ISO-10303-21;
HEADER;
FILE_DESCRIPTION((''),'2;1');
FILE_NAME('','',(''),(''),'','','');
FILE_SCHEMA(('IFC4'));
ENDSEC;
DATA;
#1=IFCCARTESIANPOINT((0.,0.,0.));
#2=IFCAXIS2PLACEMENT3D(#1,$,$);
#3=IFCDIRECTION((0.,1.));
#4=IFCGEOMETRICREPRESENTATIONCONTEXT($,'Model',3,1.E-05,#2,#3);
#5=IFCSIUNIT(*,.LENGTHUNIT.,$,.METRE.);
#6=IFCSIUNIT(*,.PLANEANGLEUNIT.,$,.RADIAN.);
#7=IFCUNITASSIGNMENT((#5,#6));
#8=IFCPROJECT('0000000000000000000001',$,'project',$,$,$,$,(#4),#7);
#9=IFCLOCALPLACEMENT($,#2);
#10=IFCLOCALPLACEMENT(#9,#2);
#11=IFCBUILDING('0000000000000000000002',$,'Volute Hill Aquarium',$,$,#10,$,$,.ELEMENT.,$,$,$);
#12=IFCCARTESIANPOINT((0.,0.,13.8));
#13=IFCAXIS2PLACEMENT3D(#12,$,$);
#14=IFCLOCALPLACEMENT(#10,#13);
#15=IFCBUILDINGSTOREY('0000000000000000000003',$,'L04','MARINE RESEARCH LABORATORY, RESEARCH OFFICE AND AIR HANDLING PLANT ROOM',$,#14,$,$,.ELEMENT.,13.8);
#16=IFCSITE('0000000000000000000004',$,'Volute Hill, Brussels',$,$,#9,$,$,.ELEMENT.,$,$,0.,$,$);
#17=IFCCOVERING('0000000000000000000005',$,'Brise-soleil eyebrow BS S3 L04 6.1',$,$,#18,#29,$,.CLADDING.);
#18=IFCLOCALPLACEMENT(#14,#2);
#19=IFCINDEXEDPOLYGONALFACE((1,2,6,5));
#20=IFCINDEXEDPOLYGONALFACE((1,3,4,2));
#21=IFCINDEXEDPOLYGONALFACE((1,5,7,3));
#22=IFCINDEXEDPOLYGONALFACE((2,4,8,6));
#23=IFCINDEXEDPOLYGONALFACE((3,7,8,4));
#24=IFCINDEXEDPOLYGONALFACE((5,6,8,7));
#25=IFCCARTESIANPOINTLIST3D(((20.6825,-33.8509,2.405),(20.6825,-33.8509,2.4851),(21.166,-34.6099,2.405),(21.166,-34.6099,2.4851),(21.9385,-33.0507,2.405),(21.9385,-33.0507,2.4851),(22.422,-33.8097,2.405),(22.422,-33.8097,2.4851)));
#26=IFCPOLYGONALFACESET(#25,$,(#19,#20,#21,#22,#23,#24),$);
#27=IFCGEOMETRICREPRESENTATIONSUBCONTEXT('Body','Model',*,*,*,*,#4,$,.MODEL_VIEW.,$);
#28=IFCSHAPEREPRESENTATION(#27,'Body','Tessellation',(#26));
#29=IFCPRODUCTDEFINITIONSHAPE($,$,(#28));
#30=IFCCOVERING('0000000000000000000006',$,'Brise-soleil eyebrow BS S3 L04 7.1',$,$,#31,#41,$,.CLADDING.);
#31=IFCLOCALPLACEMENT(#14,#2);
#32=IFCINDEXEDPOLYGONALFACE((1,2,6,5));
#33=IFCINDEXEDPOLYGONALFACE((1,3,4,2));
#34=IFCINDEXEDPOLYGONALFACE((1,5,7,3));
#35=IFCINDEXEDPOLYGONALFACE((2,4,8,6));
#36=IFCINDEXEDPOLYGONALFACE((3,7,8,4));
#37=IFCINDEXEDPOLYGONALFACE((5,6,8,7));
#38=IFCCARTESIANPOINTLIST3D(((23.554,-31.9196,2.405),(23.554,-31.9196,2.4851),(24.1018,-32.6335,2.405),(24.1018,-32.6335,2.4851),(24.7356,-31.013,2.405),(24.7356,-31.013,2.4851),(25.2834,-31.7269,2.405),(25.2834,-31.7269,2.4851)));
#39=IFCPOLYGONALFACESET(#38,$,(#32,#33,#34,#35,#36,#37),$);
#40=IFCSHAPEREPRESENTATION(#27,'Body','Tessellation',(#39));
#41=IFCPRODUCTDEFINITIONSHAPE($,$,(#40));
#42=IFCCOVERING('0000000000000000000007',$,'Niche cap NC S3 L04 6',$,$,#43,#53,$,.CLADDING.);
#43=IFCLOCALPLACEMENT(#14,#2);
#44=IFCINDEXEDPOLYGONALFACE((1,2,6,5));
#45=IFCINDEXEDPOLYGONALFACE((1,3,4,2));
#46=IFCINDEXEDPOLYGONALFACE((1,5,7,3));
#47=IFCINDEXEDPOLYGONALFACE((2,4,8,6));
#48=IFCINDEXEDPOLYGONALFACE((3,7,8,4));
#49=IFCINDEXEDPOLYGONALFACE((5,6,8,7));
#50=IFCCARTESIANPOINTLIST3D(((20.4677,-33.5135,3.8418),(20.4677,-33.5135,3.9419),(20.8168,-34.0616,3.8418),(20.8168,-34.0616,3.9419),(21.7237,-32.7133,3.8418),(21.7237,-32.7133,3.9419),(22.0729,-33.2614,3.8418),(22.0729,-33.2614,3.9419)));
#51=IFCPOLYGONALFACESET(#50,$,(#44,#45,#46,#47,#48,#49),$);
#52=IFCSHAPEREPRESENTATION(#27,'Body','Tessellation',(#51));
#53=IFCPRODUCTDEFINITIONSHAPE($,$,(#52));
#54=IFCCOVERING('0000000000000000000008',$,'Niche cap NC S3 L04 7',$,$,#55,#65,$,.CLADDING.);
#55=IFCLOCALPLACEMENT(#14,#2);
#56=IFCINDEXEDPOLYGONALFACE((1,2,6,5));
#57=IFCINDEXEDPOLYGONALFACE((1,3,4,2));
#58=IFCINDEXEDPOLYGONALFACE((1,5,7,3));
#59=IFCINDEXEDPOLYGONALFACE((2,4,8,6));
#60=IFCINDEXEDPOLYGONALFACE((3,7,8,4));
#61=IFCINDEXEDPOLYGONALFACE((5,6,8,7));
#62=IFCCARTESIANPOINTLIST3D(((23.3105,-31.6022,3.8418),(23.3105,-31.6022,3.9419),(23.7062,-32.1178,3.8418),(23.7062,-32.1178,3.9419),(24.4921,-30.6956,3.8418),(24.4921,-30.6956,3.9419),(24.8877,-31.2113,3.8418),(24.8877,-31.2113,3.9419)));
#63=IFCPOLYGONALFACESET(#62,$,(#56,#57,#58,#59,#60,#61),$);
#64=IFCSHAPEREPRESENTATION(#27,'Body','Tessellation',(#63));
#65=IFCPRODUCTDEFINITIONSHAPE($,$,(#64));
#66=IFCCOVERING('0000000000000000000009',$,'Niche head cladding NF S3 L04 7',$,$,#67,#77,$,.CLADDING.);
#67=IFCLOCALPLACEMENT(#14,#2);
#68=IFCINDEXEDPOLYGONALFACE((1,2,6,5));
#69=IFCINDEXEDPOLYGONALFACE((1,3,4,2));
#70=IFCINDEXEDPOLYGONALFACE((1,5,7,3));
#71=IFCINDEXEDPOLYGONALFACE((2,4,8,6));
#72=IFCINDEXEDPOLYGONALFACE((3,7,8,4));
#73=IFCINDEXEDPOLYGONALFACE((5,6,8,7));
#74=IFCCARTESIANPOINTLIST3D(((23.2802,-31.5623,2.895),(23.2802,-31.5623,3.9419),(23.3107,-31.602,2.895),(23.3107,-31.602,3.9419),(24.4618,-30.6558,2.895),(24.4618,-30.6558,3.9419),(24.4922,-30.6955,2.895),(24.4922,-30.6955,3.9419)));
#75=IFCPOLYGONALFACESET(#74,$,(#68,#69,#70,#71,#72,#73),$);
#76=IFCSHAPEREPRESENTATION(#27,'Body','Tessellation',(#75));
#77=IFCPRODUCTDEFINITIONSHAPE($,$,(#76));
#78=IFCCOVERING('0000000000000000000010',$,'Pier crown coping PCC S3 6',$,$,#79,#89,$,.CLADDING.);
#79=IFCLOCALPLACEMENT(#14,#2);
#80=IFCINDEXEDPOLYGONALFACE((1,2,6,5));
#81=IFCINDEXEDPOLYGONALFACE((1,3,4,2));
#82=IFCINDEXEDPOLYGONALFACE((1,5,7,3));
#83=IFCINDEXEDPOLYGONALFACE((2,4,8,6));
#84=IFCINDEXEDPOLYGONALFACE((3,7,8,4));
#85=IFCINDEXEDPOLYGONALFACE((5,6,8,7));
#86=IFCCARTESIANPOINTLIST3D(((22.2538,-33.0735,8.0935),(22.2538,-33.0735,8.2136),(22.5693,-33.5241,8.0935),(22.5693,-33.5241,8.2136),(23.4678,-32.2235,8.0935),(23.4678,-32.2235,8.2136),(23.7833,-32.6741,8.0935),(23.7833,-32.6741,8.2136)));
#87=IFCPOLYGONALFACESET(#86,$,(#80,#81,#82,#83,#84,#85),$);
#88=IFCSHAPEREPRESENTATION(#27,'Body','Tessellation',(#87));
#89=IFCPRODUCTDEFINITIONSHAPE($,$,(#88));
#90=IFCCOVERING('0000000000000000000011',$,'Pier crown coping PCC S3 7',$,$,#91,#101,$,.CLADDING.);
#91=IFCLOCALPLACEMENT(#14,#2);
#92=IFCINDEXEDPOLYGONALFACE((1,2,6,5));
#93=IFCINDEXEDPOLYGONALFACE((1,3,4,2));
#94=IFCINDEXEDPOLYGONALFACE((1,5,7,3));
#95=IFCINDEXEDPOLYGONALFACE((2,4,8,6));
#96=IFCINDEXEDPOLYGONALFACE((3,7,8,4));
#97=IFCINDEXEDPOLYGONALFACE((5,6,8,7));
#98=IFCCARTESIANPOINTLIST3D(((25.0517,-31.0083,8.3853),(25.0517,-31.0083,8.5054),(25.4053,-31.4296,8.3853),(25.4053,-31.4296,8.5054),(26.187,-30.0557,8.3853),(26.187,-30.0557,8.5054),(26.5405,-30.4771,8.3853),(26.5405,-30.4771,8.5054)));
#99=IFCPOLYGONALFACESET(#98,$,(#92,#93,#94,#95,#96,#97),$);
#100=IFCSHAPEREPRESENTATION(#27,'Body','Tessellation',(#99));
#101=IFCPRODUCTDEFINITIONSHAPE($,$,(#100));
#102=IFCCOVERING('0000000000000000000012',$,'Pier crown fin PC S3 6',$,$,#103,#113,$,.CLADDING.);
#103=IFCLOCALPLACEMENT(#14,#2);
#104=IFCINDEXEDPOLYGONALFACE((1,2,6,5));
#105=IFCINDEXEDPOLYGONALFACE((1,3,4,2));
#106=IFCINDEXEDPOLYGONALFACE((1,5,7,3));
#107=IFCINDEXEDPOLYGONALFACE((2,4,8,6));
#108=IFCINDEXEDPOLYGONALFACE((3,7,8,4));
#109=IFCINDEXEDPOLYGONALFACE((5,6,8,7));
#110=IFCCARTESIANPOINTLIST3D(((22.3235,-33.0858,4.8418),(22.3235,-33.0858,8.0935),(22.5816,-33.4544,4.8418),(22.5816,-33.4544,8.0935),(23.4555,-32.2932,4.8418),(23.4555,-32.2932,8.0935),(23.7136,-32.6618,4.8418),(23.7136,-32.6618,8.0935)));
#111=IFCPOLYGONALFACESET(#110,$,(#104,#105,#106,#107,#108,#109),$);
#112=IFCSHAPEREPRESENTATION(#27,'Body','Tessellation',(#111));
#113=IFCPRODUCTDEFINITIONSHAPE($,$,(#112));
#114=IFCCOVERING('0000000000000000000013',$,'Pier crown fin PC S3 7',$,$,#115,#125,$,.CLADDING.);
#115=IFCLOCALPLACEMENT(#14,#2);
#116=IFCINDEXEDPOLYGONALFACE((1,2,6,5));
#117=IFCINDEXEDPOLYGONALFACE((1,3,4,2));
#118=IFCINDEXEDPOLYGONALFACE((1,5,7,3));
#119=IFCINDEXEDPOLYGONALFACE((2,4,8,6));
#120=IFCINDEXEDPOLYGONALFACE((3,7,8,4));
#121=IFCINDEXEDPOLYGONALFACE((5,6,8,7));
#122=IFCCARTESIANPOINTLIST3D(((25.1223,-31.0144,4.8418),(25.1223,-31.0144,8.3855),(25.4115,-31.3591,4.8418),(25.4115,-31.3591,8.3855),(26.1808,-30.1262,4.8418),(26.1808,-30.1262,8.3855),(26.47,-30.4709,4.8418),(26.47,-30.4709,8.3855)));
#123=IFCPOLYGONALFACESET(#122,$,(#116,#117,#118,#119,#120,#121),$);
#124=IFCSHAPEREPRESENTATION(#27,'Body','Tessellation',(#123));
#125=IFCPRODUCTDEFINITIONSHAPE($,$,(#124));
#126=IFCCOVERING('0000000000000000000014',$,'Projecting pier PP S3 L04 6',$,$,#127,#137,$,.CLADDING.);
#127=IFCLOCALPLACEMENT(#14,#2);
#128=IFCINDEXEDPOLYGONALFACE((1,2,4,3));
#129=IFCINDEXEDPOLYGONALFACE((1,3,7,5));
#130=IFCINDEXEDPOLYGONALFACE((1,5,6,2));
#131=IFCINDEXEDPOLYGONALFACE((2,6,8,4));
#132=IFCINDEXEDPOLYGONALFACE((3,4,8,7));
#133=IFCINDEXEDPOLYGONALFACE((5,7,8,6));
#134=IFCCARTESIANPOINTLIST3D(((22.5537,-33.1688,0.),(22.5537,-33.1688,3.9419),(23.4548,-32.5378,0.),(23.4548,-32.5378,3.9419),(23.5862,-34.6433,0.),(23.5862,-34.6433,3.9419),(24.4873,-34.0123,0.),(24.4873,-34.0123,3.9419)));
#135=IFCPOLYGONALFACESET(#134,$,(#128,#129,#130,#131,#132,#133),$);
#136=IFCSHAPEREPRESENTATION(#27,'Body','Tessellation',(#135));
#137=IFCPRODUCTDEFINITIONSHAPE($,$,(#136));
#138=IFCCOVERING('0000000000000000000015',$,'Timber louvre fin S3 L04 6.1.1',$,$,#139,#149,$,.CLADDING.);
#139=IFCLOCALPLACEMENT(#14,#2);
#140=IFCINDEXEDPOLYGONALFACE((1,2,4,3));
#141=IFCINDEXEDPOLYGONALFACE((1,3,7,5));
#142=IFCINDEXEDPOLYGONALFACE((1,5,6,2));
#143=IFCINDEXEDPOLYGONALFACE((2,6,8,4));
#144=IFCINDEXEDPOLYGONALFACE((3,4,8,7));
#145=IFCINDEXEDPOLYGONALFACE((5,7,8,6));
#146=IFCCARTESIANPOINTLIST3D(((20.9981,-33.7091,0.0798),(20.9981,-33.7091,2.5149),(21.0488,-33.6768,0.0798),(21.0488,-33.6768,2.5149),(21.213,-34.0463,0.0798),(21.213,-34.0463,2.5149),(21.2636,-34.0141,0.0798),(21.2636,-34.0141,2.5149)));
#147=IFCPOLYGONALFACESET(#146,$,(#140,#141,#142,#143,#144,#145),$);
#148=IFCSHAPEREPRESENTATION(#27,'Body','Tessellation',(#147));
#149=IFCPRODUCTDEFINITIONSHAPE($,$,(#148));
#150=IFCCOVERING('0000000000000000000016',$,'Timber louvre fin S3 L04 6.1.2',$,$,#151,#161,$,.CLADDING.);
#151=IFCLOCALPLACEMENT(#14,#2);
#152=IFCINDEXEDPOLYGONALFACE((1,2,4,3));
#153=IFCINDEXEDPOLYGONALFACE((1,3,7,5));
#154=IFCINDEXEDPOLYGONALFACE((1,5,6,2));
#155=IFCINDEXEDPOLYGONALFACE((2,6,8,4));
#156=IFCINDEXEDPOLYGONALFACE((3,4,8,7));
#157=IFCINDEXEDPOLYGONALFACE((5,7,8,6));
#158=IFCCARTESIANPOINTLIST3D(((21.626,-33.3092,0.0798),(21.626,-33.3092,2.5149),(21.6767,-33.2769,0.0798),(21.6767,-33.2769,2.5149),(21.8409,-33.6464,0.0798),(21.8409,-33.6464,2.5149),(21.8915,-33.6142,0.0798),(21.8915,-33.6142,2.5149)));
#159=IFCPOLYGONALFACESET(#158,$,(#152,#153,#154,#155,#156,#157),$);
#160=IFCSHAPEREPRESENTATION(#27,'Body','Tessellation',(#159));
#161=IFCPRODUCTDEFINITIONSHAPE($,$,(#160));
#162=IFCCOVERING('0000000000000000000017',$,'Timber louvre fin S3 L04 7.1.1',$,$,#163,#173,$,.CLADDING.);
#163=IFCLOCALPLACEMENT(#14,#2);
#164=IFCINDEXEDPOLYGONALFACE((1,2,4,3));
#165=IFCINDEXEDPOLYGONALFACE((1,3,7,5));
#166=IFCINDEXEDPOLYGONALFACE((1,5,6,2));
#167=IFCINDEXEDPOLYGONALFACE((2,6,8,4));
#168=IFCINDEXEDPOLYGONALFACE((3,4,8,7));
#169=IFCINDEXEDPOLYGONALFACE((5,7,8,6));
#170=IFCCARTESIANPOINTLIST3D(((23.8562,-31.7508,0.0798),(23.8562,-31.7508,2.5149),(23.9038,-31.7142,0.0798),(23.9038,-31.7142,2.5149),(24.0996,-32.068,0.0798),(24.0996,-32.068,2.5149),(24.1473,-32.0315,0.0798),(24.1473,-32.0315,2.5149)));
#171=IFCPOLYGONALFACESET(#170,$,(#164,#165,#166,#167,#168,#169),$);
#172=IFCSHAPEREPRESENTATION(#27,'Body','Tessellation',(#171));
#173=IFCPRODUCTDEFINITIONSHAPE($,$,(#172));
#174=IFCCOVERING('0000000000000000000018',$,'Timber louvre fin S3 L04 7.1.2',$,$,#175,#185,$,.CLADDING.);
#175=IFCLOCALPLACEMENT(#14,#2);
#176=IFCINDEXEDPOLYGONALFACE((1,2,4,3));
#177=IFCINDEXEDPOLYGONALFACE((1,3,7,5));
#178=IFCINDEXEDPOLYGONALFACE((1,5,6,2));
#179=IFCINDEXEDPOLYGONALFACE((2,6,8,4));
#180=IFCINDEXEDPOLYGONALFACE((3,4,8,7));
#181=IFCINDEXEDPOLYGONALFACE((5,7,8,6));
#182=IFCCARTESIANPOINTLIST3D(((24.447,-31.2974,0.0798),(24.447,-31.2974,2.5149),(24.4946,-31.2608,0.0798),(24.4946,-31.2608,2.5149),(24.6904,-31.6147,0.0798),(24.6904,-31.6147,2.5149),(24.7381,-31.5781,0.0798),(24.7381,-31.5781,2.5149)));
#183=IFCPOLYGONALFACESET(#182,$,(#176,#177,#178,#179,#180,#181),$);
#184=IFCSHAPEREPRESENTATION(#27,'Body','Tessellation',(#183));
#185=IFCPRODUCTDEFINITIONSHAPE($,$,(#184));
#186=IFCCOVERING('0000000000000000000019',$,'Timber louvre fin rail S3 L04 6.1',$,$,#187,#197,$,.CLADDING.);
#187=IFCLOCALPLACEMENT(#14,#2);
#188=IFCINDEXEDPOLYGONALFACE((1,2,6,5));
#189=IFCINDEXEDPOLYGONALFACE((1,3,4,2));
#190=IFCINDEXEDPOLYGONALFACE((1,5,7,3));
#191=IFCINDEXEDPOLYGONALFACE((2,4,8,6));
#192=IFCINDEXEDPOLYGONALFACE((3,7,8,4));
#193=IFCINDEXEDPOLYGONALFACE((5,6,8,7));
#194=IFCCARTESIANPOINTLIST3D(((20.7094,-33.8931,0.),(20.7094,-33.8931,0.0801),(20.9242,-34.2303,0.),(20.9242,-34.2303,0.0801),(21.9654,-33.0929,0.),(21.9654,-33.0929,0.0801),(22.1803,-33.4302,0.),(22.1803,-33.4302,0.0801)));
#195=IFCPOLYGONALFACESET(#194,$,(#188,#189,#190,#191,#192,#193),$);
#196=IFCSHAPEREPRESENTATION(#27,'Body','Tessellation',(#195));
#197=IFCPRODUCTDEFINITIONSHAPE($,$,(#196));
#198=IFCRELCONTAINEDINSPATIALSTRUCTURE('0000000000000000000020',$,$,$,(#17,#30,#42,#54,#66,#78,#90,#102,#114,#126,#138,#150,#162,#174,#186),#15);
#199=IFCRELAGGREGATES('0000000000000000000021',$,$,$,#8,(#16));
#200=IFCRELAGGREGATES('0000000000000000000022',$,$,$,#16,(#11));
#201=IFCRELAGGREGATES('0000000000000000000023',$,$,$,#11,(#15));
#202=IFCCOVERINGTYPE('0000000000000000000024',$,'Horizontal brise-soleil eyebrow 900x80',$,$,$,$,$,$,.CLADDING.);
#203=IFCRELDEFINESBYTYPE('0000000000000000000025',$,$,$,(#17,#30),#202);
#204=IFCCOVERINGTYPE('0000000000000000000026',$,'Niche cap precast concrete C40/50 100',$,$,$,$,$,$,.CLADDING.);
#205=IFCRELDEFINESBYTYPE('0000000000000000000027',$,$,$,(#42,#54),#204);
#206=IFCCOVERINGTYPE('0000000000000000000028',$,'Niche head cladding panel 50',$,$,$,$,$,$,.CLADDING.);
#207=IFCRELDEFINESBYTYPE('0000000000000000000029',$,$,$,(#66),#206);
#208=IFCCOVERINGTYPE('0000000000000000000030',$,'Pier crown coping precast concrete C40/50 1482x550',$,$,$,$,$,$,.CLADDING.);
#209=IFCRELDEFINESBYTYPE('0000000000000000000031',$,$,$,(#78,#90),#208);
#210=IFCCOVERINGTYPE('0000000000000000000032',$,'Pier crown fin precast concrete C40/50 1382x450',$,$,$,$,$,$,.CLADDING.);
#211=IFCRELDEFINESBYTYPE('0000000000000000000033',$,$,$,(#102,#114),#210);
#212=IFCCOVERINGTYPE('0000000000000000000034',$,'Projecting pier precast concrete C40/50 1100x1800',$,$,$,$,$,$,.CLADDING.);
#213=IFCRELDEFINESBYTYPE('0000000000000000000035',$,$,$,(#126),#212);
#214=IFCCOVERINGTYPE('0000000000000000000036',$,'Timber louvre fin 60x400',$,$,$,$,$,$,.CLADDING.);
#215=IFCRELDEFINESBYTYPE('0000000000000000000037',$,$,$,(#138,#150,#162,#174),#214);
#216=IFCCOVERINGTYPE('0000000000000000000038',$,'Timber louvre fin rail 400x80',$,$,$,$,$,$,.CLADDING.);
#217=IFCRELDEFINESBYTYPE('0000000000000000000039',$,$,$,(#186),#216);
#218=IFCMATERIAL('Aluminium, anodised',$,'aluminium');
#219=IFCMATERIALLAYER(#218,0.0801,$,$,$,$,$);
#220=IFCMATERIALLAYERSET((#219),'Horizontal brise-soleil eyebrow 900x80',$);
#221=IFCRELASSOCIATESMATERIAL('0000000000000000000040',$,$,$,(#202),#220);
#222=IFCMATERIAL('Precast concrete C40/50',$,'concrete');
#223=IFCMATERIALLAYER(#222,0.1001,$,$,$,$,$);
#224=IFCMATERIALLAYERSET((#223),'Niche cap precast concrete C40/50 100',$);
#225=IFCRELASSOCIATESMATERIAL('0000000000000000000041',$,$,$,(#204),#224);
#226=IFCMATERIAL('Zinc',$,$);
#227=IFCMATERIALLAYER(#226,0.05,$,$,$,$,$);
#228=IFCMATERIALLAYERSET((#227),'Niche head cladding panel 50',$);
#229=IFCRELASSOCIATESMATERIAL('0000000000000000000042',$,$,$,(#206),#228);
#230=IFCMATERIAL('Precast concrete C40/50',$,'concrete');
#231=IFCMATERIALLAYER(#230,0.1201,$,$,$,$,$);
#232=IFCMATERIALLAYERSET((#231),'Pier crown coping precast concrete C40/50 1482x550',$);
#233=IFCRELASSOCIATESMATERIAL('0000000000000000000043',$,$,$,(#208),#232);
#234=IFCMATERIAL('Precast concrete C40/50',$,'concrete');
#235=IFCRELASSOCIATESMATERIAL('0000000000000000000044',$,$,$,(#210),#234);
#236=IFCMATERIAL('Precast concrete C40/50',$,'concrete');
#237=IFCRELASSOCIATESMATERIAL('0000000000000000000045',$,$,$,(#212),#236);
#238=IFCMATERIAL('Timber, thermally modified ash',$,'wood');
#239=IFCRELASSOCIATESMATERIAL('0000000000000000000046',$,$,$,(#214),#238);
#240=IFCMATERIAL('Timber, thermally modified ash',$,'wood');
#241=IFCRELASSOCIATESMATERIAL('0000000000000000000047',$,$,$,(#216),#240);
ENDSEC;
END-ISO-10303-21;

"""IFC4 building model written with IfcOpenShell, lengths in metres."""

from ifc_helpers import new_model, si_unit, direction, frame, origin, origin_2d, place, context, subcontext, project, spatial, rectangle, extrude, material, layer, layer_set, type_object, element, save


model = new_model("IFC4")

# Units and contexts
model_context = context("Model", 3, precision=1e-05, world=origin(), true_north=direction((0.0, 1.0)))
body_context = subcontext(model_context, "Body", "Model", "MODEL_VIEW")
ifc_project = project(units=[si_unit("LENGTHUNIT", "METRE"), si_unit("PLANEANGLEUNIT", "RADIAN")], contexts=[model_context])

# Site, building, storey
site_placement = place(None, origin())
site = spatial("IfcSite", under=ifc_project, at=site_placement, Name="Volute Hill, Brussels", CompositionType="ELEMENT", RefElevation=0.0)
building_placement = place(site_placement, origin())
building = spatial("IfcBuilding", under=site, at=building_placement, Name="Volute Hill Aquarium", CompositionType="ELEMENT")
storey_placement = place(building_placement, frame((0.0, 0.0, 13.8)))
storey = spatial("IfcBuildingStorey", under=building, at=storey_placement, Name="L04", Description="MARINE RESEARCH LABORATORY, RESEARCH OFFICE AND AIR HANDLING PLANT ROOM", CompositionType="ELEMENT", Elevation=13.8)

# Coverings
ifc_material_1 = material(Name="Aluminium, anodised", Category="aluminium")
ifc_layer_1 = layer(ifc_material_1, 0.0801)
ifc_layer_set_1 = layer_set([ifc_layer_1], Name="Horizontal brise-soleil eyebrow 900x80")
covering_type_1 = type_object("IfcCoveringType", Name="Horizontal brise-soleil eyebrow 900x80", PredefinedType="CLADDING", material=ifc_layer_set_1)
for number, where, z_axis, x_axis, name in (
    (1, (21.5522, -33.8303, 2.405), (0.0, 0.0, 1.0), (0.843389, 0.537303, 0.0), "Brise-soleil eyebrow BS S3 L04 6.1"),
    (2, (24.4187, -31.8232, 2.405), (0.0, 0.0, 1.0), (0.793365, 0.608746, 0.0), "Brise-soleil eyebrow BS S3 L04 7.1"),
):
    element("IfcCovering", number, at=place(storey_placement, frame(where, z_axis=z_axis, x_axis=x_axis)), inside=storey, type_object=covering_type_1, Name=name, PredefinedType="CLADDING", context=body_context, shape_type="SweptSolid", body=[
        extrude(rectangle(XDim=1.4893, YDim=0.8999, at=origin_2d()), origin(), (0.0, 0.0, 1.0), 0.0801),
    ])
ifc_material_2 = material(Name="Precast concrete C40/50", Category="concrete")
ifc_layer_2 = layer(ifc_material_2, 0.1001)
ifc_layer_set_2 = layer_set([ifc_layer_2], Name="Niche cap precast concrete C40/50 100")
covering_type_2 = type_object("IfcCoveringType", Name="Niche cap precast concrete C40/50 100", PredefinedType="CLADDING", material=ifc_layer_set_2)
for number, where, z_axis, x_axis, name in (
    (3, (21.2703, -33.3875, 3.8418), (0.0, 0.0, 1.0), (0.843389, 0.537303, 0.0), "Niche cap NC S3 L04 6"),
    (4, (24.0991, -31.4067, 3.8418), (0.0, 0.0, 1.0), (0.793365, 0.608746, 0.0), "Niche cap NC S3 L04 7"),
):
    element("IfcCovering", number, at=place(storey_placement, frame(where, z_axis=z_axis, x_axis=x_axis)), inside=storey, type_object=covering_type_2, Name=name, PredefinedType="CLADDING", context=body_context, shape_type="SweptSolid", body=[
        extrude(rectangle(XDim=1.4893, YDim=0.6499, at=origin_2d()), origin(), (0.0, 0.0, 1.0), 0.1001),
    ])
ifc_material_3 = material(Name="Zinc")
ifc_layer_3 = layer(ifc_material_3, 0.05)
ifc_layer_set_3 = layer_set([ifc_layer_3], Name="Niche head cladding panel 50")
covering_type_3 = type_object("IfcCoveringType", Name="Niche head cladding panel 50", PredefinedType="CLADDING", material=ifc_layer_set_3)
covering_1_placement = place(storey_placement, frame((23.8862, -31.1289, 2.895), z_axis=(0.0, 0.0, 1.0), x_axis=(0.793365, 0.608746, 0.0)))
element("IfcCovering", 5, at=covering_1_placement, inside=storey, type_object=covering_type_3, Name="Niche head cladding NF S3 L04 7", PredefinedType="CLADDING", context=body_context, shape_type="SweptSolid", body=[
    extrude(rectangle(XDim=1.4893, YDim=0.05, at=origin_2d()), origin(), (0.0, 0.0, 1.0), 1.0469),
])
ifc_material_4 = material(Name="Precast concrete C40/50", Category="concrete")
ifc_layer_4 = layer(ifc_material_4, 0.1201)
ifc_layer_set_4 = layer_set([ifc_layer_4], Name="Pier crown coping precast concrete C40/50 1482x550")
covering_type_4 = type_object("IfcCoveringType", Name="Pier crown coping precast concrete C40/50 1482x550", PredefinedType="CLADDING", material=ifc_layer_set_4)
for number, where, z_axis, x_axis, name in (
    (6, (23.0186, -32.8738, 8.0935), (0.0, 0.0, 1.0), (0.819152, 0.573576, 0.0), "Pier crown coping PCC S3 6"),
    (7, (25.7961, -30.7427, 8.3853), (0.0, 0.0, 1.0), (0.766044, 0.642788, 0.0), "Pier crown coping PCC S3 7"),
):
    element("IfcCovering", number, at=place(storey_placement, frame(where, z_axis=z_axis, x_axis=x_axis)), inside=storey, type_object=covering_type_4, Name=name, PredefinedType="CLADDING", context=body_context, shape_type="SweptSolid", body=[
        extrude(rectangle(XDim=1.4819, YDim=0.55, at=origin_2d()), origin(), (0.0, 0.0, 1.0), 0.1201),
    ])
ifc_material_5 = material(Name="Precast concrete C40/50", Category="concrete")
covering_type_5 = type_object("IfcCoveringType", Name="Pier crown fin precast concrete C40/50 1382x450", PredefinedType="CLADDING", material=ifc_material_5)
covering_2_placement = place(storey_placement, frame((23.0186, -32.8738, 4.8418), z_axis=(0.0, 0.0, 1.0), x_axis=(0.819152, 0.573576, 0.0)))
element("IfcCovering", 8, at=covering_2_placement, inside=storey, type_object=covering_type_5, Name="Pier crown fin PC S3 6", PredefinedType="CLADDING", context=body_context, shape_type="SweptSolid", body=[
    extrude(rectangle(XDim=1.3818, YDim=0.45, at=origin_2d()), origin(), (0.0, 0.0, 1.0), 3.2517),
])
covering_3_placement = place(storey_placement, frame((25.7961, -30.7427, 4.8418), z_axis=(0.0, 0.0, 1.0), x_axis=(0.766044, 0.642788, 0.0)))
element("IfcCovering", 9, at=covering_3_placement, inside=storey, type_object=covering_type_5, Name="Pier crown fin PC S3 7", PredefinedType="CLADDING", context=body_context, shape_type="SweptSolid", body=[
    extrude(rectangle(XDim=1.3818, YDim=0.45, at=origin_2d()), origin(), (0.0, 0.0, 1.0), 3.5437),
])
ifc_material_6 = material(Name="Precast concrete C40/50", Category="concrete")
covering_type_6 = type_object("IfcCoveringType", Name="Projecting pier precast concrete C40/50 1100x1800", PredefinedType="CLADDING", material=ifc_material_6)
covering_4_placement = place(storey_placement, frame((23.5205, -33.5906, 0.0), z_axis=(0.0, 0.0, 1.0), x_axis=(0.819152, 0.573576, 0.0)))
element("IfcCovering", 10, at=covering_4_placement, inside=storey, type_object=covering_type_6, Name="Projecting pier PP S3 L04 6", PredefinedType="CLADDING", context=body_context, shape_type="SweptSolid", body=[
    extrude(rectangle(XDim=1.1001, YDim=1.8, at=origin_2d()), origin(), (0.0, 0.0, 1.0), 3.9419),
])
ifc_material_7 = material(Name="Timber, thermally modified ash", Category="wood")
covering_type_7 = type_object("IfcCoveringType", Name="Timber louvre fin 60x400", PredefinedType="CLADDING", material=ifc_material_7)
for number, where, z_axis, x_axis, name in (
    (11, (21.1309, -33.8616, 0.0798), (0.0, 0.0, 1.0), (0.843389, 0.537303, 0.0), "Timber louvre fin S3 L04 6.1.1"),
    (12, (21.7588, -33.4617, 0.0798), (0.0, 0.0, 1.0), (0.843389, 0.537303, 0.0), "Timber louvre fin S3 L04 6.1.2"),
    (13, (24.0017, -31.8911, 0.0798), (0.0, 0.0, 1.0), (0.793365, 0.608746, 0.0), "Timber louvre fin S3 L04 7.1.1"),
    (14, (24.5925, -31.4377, 0.0798), (0.0, 0.0, 1.0), (0.793365, 0.608746, 0.0), "Timber louvre fin S3 L04 7.1.2"),
):
    element("IfcCovering", number, at=place(storey_placement, frame(where, z_axis=z_axis, x_axis=x_axis)), inside=storey, type_object=covering_type_7, Name=name, PredefinedType="CLADDING", context=body_context, shape_type="SweptSolid", body=[
        extrude(rectangle(XDim=0.0601, YDim=0.3999, at=origin_2d()), origin(), (0.0, 0.0, 1.0), 2.4351),
    ])
ifc_material_8 = material(Name="Timber, thermally modified ash", Category="wood")
covering_type_8 = type_object("IfcCoveringType", Name="Timber louvre fin rail 400x80", PredefinedType="CLADDING", material=ifc_material_8)
for number, where, z_axis, x_axis, name in (
    (15, (21.4448, -33.6616, 0.0), (0.0, 0.0, 1.0), (0.843389, 0.537303, 0.0), "Timber louvre fin rail S3 L04 6.1"),
):
    element("IfcCovering", number, at=place(storey_placement, frame(where, z_axis=z_axis, x_axis=x_axis)), inside=storey, type_object=covering_type_8, Name=name, PredefinedType="CLADDING", context=body_context, shape_type="SweptSolid", body=[
        extrude(rectangle(XDim=1.4893, YDim=0.3999, at=origin_2d()), origin(), (0.0, 0.0, 1.0), 0.0801),
    ])

save(model, "model.ifc")
